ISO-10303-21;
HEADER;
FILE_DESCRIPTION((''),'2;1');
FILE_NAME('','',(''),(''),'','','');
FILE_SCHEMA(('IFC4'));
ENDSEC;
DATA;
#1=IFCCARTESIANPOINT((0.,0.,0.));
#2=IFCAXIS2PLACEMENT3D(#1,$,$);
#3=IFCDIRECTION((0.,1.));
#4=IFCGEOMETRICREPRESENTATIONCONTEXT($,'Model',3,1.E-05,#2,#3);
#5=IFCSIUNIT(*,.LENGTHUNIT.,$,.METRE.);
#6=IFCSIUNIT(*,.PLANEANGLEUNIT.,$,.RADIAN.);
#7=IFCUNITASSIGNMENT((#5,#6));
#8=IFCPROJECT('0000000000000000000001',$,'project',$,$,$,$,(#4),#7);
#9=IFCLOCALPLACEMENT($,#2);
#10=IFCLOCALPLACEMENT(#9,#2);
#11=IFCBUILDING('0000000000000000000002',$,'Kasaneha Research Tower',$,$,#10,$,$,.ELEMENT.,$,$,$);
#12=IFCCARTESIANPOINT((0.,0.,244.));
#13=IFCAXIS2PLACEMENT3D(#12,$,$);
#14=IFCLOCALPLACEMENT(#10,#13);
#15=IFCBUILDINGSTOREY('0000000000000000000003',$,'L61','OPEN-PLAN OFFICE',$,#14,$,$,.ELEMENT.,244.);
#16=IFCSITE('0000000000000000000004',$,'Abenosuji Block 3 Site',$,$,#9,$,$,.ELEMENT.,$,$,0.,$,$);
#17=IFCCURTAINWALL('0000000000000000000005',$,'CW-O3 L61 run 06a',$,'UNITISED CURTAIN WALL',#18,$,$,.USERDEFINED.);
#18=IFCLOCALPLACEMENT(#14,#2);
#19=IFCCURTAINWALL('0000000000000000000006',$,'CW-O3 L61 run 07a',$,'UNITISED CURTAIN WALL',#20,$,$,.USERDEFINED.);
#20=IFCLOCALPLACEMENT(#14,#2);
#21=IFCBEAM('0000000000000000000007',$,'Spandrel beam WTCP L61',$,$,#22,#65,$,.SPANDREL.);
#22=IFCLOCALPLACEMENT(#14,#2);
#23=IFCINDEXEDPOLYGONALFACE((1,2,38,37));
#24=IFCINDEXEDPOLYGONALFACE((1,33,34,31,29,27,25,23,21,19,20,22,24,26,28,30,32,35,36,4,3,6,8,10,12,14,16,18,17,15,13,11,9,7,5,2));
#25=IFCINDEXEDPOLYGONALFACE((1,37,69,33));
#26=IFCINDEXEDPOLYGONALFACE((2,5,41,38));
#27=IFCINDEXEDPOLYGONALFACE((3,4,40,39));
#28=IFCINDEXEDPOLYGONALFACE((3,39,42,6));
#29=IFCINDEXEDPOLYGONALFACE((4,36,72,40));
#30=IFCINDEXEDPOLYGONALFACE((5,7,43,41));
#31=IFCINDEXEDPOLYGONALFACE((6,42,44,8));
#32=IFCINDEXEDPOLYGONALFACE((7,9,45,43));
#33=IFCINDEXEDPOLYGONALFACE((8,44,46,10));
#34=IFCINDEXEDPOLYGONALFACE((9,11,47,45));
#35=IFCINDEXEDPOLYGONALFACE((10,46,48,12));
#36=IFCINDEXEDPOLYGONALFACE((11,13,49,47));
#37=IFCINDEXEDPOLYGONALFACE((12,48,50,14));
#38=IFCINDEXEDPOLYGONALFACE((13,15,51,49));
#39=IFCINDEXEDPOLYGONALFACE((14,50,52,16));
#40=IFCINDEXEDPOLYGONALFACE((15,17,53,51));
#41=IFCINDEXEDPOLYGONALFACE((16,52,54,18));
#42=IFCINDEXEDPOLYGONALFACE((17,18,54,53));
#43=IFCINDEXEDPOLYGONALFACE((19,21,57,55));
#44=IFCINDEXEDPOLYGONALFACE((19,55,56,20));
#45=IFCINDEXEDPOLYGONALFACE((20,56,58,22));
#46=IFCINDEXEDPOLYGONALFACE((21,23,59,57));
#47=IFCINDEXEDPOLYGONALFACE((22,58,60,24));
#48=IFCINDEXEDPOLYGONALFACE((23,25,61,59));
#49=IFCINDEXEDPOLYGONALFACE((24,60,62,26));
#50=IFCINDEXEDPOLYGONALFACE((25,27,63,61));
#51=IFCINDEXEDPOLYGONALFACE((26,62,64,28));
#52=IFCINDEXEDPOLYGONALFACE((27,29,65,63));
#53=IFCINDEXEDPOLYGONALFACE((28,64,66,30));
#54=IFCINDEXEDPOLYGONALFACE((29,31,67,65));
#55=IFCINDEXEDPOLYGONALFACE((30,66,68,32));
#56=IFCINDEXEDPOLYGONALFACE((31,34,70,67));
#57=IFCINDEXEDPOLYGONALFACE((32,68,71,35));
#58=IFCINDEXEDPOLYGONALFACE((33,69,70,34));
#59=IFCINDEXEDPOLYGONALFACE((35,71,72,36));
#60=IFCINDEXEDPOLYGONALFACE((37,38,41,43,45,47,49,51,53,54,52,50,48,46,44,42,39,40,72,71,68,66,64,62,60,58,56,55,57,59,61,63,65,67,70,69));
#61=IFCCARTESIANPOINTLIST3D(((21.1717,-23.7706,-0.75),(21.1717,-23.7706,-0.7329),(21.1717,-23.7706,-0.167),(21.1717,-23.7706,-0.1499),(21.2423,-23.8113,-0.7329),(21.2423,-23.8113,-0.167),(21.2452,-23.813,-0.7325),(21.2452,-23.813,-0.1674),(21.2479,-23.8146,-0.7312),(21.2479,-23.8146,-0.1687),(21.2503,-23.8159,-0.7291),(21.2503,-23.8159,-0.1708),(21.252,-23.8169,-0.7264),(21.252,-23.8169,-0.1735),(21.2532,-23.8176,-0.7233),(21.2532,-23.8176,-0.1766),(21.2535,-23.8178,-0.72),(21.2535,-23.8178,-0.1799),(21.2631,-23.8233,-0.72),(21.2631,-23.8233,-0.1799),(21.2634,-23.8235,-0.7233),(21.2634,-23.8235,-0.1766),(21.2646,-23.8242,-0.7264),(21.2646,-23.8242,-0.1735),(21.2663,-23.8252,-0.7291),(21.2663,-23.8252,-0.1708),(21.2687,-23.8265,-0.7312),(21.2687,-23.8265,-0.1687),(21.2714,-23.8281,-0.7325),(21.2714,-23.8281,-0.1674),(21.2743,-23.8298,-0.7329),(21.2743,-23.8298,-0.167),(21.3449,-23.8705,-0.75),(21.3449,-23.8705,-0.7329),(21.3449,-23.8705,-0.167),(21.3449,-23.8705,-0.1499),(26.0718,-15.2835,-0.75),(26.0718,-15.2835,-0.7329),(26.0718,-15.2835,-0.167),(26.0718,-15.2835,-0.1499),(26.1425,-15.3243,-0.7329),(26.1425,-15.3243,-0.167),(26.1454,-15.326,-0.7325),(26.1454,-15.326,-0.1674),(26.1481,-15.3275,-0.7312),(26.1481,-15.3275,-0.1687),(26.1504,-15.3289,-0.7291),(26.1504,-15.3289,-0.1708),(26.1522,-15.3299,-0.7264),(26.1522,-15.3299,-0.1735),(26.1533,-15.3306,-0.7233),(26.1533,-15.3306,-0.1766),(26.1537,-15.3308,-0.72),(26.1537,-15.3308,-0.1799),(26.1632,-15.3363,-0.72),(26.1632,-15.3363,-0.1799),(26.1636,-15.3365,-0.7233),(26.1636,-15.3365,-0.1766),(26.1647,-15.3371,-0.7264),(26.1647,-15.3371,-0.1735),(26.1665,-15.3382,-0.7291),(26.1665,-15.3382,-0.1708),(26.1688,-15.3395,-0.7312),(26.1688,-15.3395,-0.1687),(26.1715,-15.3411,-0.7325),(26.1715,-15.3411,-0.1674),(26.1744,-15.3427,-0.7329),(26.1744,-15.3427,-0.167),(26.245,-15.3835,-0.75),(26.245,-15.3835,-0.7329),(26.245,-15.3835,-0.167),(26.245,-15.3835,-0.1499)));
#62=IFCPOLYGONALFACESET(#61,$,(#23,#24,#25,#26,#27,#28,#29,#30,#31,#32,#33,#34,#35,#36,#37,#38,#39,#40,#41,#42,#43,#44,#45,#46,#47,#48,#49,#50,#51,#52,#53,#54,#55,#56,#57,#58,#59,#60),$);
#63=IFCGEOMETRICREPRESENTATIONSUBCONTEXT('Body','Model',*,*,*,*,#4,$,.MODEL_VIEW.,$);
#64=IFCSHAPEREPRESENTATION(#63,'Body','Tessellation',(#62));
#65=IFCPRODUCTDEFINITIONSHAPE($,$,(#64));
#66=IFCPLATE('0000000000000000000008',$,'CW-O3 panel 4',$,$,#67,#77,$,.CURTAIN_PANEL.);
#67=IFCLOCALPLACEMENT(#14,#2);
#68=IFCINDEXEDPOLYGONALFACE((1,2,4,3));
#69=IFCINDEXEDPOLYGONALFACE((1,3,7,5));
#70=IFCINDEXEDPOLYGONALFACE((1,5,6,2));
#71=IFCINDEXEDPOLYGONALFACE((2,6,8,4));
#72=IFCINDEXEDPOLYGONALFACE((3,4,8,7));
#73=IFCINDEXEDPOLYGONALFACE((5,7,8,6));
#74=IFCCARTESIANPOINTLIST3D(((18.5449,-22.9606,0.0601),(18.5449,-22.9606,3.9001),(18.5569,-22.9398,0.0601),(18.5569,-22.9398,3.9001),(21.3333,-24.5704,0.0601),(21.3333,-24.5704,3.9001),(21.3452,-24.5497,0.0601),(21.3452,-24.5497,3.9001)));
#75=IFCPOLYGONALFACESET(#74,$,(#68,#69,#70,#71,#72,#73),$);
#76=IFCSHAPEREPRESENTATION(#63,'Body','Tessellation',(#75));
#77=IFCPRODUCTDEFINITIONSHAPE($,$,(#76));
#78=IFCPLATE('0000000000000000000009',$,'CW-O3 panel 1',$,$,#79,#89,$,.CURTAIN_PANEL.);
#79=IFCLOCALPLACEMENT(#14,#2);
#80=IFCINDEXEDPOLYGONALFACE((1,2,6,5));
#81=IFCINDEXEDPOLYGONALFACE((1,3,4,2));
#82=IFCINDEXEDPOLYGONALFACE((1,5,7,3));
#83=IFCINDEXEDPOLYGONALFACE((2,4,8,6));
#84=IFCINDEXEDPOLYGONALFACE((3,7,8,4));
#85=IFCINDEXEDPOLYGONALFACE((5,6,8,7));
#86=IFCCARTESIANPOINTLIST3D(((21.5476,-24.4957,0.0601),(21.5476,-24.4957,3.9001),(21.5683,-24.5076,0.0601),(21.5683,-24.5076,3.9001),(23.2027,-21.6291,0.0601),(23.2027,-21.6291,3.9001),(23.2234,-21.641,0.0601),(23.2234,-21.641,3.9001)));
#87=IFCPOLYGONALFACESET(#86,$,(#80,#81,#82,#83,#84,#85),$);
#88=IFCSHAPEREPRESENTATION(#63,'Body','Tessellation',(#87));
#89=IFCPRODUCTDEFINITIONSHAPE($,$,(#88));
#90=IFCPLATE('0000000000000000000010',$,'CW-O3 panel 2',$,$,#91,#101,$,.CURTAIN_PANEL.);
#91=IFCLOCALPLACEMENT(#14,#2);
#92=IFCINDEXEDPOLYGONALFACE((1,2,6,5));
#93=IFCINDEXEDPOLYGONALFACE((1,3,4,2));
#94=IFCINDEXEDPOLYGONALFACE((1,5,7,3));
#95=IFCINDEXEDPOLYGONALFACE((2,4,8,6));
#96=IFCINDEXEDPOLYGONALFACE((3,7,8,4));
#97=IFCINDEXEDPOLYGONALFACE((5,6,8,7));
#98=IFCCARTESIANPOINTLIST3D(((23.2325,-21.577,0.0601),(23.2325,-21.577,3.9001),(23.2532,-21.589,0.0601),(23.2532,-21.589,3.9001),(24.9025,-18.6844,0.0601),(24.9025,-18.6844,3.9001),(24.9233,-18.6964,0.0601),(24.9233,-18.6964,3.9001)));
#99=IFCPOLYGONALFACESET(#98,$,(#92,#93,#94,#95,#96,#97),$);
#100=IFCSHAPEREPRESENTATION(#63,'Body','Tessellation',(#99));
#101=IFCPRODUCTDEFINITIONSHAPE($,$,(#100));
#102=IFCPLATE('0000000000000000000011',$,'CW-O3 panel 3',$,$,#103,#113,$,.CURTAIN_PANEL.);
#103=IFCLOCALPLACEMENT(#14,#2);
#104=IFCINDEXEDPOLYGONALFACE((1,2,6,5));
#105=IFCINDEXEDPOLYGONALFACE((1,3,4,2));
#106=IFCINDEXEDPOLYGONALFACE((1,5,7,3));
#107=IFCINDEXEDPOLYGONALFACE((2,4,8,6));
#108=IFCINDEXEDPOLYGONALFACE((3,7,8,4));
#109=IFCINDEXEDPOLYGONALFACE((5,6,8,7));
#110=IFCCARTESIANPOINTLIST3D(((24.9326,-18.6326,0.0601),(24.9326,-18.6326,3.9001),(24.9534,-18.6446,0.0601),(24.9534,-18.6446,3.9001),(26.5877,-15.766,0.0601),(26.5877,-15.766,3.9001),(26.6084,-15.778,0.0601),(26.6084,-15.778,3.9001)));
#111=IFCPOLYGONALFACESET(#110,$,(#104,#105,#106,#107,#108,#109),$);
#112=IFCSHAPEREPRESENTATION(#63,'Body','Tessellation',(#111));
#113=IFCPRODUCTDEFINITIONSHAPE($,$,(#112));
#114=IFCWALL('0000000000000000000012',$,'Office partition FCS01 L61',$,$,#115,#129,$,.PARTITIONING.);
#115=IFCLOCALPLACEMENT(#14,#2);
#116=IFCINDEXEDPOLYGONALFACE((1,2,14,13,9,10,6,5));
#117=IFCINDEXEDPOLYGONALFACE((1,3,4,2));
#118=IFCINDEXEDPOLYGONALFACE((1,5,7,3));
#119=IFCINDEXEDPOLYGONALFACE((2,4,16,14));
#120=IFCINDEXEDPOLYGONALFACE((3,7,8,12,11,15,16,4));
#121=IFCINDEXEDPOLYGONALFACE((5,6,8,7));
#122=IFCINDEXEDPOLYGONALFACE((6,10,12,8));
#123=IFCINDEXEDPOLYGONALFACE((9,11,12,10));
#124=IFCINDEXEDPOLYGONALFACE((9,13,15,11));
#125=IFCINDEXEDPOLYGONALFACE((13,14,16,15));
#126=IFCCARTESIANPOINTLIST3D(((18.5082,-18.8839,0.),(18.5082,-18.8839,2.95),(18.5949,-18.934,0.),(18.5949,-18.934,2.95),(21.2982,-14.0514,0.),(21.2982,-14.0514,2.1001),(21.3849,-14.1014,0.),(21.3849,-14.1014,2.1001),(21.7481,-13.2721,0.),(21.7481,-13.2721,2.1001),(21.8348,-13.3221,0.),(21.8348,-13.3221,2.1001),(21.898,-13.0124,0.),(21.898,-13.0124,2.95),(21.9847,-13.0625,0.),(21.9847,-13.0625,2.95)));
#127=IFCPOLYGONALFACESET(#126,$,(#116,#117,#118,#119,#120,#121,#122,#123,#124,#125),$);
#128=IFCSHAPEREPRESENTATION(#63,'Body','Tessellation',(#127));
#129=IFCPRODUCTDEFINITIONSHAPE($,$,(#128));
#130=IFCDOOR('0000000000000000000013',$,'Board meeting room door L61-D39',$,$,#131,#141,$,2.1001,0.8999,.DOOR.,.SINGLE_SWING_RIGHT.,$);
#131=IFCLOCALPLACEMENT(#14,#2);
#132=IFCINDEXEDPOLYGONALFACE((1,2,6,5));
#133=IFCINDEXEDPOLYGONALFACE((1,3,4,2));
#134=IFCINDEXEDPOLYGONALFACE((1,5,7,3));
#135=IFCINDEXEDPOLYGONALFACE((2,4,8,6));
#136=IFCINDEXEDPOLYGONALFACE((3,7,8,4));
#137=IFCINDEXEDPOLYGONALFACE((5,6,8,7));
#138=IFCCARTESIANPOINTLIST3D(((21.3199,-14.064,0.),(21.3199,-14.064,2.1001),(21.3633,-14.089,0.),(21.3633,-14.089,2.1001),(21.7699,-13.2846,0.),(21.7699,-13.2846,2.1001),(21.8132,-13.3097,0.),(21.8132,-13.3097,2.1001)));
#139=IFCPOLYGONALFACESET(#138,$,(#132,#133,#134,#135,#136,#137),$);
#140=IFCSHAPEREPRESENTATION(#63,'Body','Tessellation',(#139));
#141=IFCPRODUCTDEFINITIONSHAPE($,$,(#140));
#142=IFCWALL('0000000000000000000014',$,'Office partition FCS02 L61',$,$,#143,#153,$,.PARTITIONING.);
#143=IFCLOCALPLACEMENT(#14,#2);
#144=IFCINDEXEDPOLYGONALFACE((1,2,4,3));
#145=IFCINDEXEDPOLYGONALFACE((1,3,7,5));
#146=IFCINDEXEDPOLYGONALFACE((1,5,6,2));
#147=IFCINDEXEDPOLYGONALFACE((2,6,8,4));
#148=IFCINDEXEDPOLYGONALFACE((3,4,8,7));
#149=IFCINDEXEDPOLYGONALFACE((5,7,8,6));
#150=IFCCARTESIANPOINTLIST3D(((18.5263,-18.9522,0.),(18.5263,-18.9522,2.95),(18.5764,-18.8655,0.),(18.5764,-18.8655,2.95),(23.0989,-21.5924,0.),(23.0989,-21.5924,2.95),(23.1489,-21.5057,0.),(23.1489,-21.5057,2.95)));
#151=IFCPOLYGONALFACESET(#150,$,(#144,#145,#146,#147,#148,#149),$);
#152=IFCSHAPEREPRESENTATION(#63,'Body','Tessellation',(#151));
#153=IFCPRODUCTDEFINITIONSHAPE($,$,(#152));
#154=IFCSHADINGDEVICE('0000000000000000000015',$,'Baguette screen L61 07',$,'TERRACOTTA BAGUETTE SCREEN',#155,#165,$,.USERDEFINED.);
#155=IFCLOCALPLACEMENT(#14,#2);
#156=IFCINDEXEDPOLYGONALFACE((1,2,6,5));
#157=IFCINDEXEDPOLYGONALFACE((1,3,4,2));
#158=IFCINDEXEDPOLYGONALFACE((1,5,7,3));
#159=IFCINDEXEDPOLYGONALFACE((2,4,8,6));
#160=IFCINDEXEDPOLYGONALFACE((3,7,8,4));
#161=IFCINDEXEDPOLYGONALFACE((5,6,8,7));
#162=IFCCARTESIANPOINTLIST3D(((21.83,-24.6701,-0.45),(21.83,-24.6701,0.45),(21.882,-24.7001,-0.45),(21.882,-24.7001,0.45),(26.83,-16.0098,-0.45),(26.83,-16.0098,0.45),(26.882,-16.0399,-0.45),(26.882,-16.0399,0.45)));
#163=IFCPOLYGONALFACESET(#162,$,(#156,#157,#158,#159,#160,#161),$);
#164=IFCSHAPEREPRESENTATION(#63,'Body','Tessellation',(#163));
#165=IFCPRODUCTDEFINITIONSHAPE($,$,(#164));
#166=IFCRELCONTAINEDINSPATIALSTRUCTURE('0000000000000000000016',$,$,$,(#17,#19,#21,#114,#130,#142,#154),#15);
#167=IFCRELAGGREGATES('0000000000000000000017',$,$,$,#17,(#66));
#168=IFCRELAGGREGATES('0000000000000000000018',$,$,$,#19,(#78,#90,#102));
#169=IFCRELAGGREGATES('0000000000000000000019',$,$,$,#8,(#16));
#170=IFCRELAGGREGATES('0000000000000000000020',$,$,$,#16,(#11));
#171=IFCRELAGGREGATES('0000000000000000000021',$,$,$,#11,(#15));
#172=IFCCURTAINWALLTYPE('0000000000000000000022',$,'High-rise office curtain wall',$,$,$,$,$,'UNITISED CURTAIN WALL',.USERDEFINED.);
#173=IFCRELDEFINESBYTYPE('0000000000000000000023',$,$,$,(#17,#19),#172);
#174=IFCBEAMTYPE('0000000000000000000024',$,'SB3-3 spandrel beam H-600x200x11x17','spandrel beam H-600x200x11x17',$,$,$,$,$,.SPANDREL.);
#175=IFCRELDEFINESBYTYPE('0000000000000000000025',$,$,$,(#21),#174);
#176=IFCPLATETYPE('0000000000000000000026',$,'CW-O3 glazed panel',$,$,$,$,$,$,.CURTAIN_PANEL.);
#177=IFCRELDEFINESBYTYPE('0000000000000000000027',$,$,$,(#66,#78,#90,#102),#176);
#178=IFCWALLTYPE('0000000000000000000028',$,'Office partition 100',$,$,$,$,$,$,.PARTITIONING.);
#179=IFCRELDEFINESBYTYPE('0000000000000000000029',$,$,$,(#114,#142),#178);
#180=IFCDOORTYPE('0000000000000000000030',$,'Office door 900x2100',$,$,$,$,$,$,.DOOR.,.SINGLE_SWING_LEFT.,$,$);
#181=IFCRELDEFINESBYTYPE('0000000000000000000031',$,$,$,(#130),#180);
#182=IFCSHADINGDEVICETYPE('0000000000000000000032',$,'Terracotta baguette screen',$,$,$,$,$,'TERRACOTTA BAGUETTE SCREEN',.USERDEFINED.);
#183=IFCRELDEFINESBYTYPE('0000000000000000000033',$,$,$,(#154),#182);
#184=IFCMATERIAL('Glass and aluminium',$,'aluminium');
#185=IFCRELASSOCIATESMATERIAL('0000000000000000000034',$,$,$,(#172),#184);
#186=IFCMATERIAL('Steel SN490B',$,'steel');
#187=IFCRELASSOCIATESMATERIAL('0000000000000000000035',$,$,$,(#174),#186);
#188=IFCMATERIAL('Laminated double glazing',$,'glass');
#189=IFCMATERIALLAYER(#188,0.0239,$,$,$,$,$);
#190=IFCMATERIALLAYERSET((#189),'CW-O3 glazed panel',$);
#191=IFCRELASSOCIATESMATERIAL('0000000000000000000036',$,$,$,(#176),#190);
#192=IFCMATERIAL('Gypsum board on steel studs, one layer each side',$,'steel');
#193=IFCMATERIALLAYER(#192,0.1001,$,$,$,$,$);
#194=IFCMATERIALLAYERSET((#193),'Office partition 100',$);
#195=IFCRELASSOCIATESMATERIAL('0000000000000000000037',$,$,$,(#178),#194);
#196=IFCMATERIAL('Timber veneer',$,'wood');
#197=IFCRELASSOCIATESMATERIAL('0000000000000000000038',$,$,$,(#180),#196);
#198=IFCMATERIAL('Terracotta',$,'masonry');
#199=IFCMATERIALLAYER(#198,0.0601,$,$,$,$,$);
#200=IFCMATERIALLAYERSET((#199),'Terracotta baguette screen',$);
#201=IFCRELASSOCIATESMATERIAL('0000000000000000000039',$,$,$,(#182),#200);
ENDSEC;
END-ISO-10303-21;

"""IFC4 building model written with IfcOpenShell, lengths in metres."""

from ifc_helpers import new_model, si_unit, direction, frame, frame_2d, origin, origin_2d, place, context, subcontext, project, spatial, rectangle, i_section, extrude, material, layer, layer_set, material_profile, profile_set, type_object, element, fill, aggregate, save


model = new_model("IFC4")

# Units and contexts
model_context = context("Model", 3, precision=1e-05, world=origin(), true_north=direction((0.0, 1.0)))
body_context = subcontext(model_context, "Body", "Model", "MODEL_VIEW")
ifc_project = project(units=[si_unit("LENGTHUNIT", "METRE"), si_unit("PLANEANGLEUNIT", "RADIAN")], contexts=[model_context])

# Site, building, storey
site_placement = place(None, origin())
site = spatial("IfcSite", under=ifc_project, at=site_placement, Name="Abenosuji Block 3 Site", CompositionType="ELEMENT", RefElevation=0.0)
building_placement = place(site_placement, origin())
building = spatial("IfcBuilding", under=site, at=building_placement, Name="Kasaneha Research Tower", CompositionType="ELEMENT")
storey_placement = place(building_placement, frame((0.0, 0.0, 244.0)))
storey = spatial("IfcBuildingStorey", under=building, at=storey_placement, Name="L61", Description="OPEN-PLAN OFFICE", CompositionType="ELEMENT", Elevation=244.0)

# Curtain wall
ifc_material_1 = material(Name="Glass and aluminium", Category="aluminium")
curtain_wall_type = type_object("IfcCurtainWallType", Name="High-rise office curtain wall", ElementType="UNITISED CURTAIN WALL", PredefinedType="USERDEFINED", material=ifc_material_1)
curtain_wall_1_placement = place(storey_placement, origin())
curtain_wall_1 = element("IfcCurtainWall", 1, at=curtain_wall_1_placement, inside=storey, type_object=curtain_wall_type, Name="CW-O3 L61 run 06a", ObjectType="UNITISED CURTAIN WALL", PredefinedType="USERDEFINED")

# Curtain wall
curtain_wall_2_placement = place(storey_placement, origin())
curtain_wall_2 = element("IfcCurtainWall", 2, at=curtain_wall_2_placement, inside=storey, type_object=curtain_wall_type, Name="CW-O3 L61 run 07a", ObjectType="UNITISED CURTAIN WALL", PredefinedType="USERDEFINED")

# Beam
ifc_material_2 = material(Name="Steel SN490B", Category="steel")
ifc_material_profile_1 = material_profile(ifc_material_2, i_section(OverallWidth=0.2, OverallDepth=0.6001, WebThickness=0.011, FlangeThickness=0.0171, FilletRadius=0.0129, at=origin_2d()), Name="H-600x200x11x17")
ifc_profile_set_1 = profile_set([ifc_material_profile_1], Name="Steel SN490B")
beam_type = type_object("IfcBeamType", Name="SB3-3 spandrel beam H-600x200x11x17", Description="spandrel beam H-600x200x11x17", PredefinedType="SPANDREL", material=ifc_profile_set_1)
beam_placement = place(storey_placement, frame((21.2583, -23.8206, -0.45), z_axis=(0.500011, 0.866019, 0.0), x_axis=(-0.866019, 0.500011, 0.0)))
element("IfcBeam", 3, at=beam_placement, inside=storey, type_object=beam_type, Name="Spandrel beam WTCP L61", PredefinedType="SPANDREL", context=body_context, shape_type="SweptSolid", body=[
    extrude(i_section(OverallWidth=0.2, OverallDepth=0.6001, WebThickness=0.011, FlangeThickness=0.0171, FilletRadius=0.0129, at=origin_2d()), origin(), (0.0, 0.0, 1.0), 9.8),
])

# Plates
ifc_material_3 = material(Name="Laminated double glazing", Category="glass")
ifc_layer_1 = layer(ifc_material_3, 0.0239)
ifc_layer_set_1 = layer_set([ifc_layer_1], Name="CW-O3 glazed panel")
plate_type = type_object("IfcPlateType", Name="CW-O3 glazed panel", PredefinedType="CURTAIN_PANEL", material=ifc_layer_set_1)
plate_1_placement = place(storey_placement, frame((19.9451, -23.7551, 0.0601), z_axis=(0.0, 0.0, 1.0), x_axis=(0.866025, -0.5, 0.0)))
plate_1 = element("IfcPlate", 4, at=plate_1_placement, type_object=plate_type, Name="CW-O3 panel 4", PredefinedType="CURTAIN_PANEL", context=body_context, shape_type="SweptSolid", body=[
    extrude(rectangle(XDim=3.2197, YDim=0.0239, at=origin_2d()), origin(), (0.0, 0.0, 1.0), 3.8401),
])
aggregate(curtain_wall_1, [plate_1])
plate_2_placement = place(storey_placement, frame((22.3855, -23.0684, 0.0601), z_axis=(0.0, 0.0, 1.0), x_axis=(0.5, 0.866025, 0.0)))
plate_2 = element("IfcPlate", 5, at=plate_2_placement, type_object=plate_type, Name="CW-O3 panel 1", PredefinedType="CURTAIN_PANEL", context=body_context, shape_type="SweptSolid", body=[
    extrude(rectangle(XDim=3.3101, YDim=0.0239, at=origin_2d()), origin(), (0.0, 0.0, 1.0), 3.8401),
])
plate_3_placement = place(storey_placement, frame((24.0779, -20.1367, 0.0601), z_axis=(0.0, 0.0, 1.0), x_axis=(0.5, 0.866025, 0.0)))
plate_3 = element("IfcPlate", 6, at=plate_3_placement, type_object=plate_type, Name="CW-O3 panel 2", PredefinedType="CURTAIN_PANEL", context=body_context, shape_type="SweptSolid", body=[
    extrude(rectangle(XDim=3.3401, YDim=0.0239, at=origin_2d()), origin(), (0.0, 0.0, 1.0), 3.8401),
])
plate_4_placement = place(storey_placement, frame((25.7705, -17.2053, 0.0601), z_axis=(0.0, 0.0, 1.0), x_axis=(0.5, 0.866025, 0.0)))
plate_4 = element("IfcPlate", 7, at=plate_4_placement, type_object=plate_type, Name="CW-O3 panel 3", PredefinedType="CURTAIN_PANEL", context=body_context, shape_type="SweptSolid", body=[
    extrude(rectangle(XDim=3.3101, YDim=0.0239, at=origin_2d()), origin(), (0.0, 0.0, 1.0), 3.8401),
])
aggregate(curtain_wall_2, [plate_2, plate_3, plate_4])

# Wall, opening, door
ifc_material_4 = material(Name="Gypsum board on steel studs, one layer each side", Category="steel")
ifc_layer_2 = layer(ifc_material_4, 0.1001)
ifc_layer_set_2 = layer_set([ifc_layer_2], Name="Office partition 100")
wall_type = type_object("IfcWallType", Name="Office partition 100", PredefinedType="PARTITIONING", material=ifc_layer_set_2)
wall_1_placement = place(storey_placement, frame((18.5515, -18.9089, 0.0), z_axis=(0.0, 0.0, 1.0), x_axis=(0.499993, 0.86603, 0.0)))
wall_1 = element("IfcWall", 8, at=wall_1_placement, inside=storey, type_object=wall_type, Name="Office partition FCS01 L61", PredefinedType="PARTITIONING", context=body_context, shape_type="SweptSolid", body=[
    extrude(rectangle(XDim=6.7798, YDim=0.1001, at=frame_2d((3.3899, 0.0))), origin(), (0.0, 0.0, 1.0), 2.95),
])
opening_placement = place(wall_1_placement, frame((5.5801, 0.0, 0.0)))
opening = element("IfcOpeningElement", 9, at=opening_placement, cuts=wall_1, PredefinedType="OPENING", context=body_context, shape_type="SweptSolid", body=[
    extrude(rectangle(XDim=0.8999, YDim=2.1001, at=frame_2d((0.45, 1.05))), frame((0.0, 0.0601, 0.0), z_axis=(0.0, -1.0, 0.0), x_axis=(1.0, 0.0, 0.0)), (0.0, 0.0, 1.0), 0.1201),
])
ifc_material_5 = material(Name="Timber veneer", Category="wood")
door_type = type_object("IfcDoorType", Name="Office door 900x2100", OperationType="SINGLE_SWING_LEFT", PredefinedType="DOOR", material=ifc_material_5)
door_placement = place(opening_placement, origin())
door = element("IfcDoor", 10, at=door_placement, inside=storey, type_object=door_type, Name="Board meeting room door L61-D39", OperationType="SINGLE_SWING_RIGHT", OverallHeight=2.1001, OverallWidth=0.8999, PredefinedType="DOOR", context=body_context, shape_type="SweptSolid", body=[
    extrude(rectangle(XDim=0.8999, YDim=2.1001, at=frame_2d((0.45, 1.05))), frame((0.0, 0.0249, 0.0), z_axis=(0.0, -1.0, 0.0), x_axis=(1.0, 0.0, 0.0)), (0.0, 0.0, 1.0), 0.05),
])
fill(opening, door)

# Wall
wall_2_placement = place(storey_placement, frame((23.124, -21.5491, 0.0), z_axis=(0.0, 0.0, 1.0), x_axis=(-0.866009, 0.500028, 0.0)))
element("IfcWall", 11, at=wall_2_placement, inside=storey, type_object=wall_type, Name="Office partition FCS02 L61", PredefinedType="PARTITIONING", context=body_context, shape_type="SweptSolid", body=[
    extrude(rectangle(XDim=5.28, YDim=0.1001, at=frame_2d((2.6401, 0.0))), origin(), (0.0, 0.0, 1.0), 2.95),
])

# Shading device
ifc_material_6 = material(Name="Terracotta", Category="masonry")
ifc_layer_3 = layer(ifc_material_6, 0.0601)
ifc_layer_set_3 = layer_set([ifc_layer_3], Name="Terracotta baguette screen")
shading_device_type = type_object("IfcShadingDeviceType", Name="Terracotta baguette screen", ElementType="TERRACOTTA BAGUETTE SCREEN", PredefinedType="USERDEFINED", material=ifc_layer_set_3)
shading_device_placement = place(storey_placement, frame((24.356, -20.355, -0.45), z_axis=(0.0, 0.0, 1.0), x_axis=(0.5, 0.866025, 0.0)))
element("IfcShadingDevice", 12, at=shading_device_placement, inside=storey, type_object=shading_device_type, Name="Baguette screen L61 07", ObjectType="TERRACOTTA BAGUETTE SCREEN", PredefinedType="USERDEFINED", context=body_context, shape_type="SweptSolid", body=[
    extrude(rectangle(XDim=10.0, YDim=0.0601, at=origin_2d()), origin(), (0.0, 0.0, 1.0), 0.8999),
])

save(model, "model.ifc")
